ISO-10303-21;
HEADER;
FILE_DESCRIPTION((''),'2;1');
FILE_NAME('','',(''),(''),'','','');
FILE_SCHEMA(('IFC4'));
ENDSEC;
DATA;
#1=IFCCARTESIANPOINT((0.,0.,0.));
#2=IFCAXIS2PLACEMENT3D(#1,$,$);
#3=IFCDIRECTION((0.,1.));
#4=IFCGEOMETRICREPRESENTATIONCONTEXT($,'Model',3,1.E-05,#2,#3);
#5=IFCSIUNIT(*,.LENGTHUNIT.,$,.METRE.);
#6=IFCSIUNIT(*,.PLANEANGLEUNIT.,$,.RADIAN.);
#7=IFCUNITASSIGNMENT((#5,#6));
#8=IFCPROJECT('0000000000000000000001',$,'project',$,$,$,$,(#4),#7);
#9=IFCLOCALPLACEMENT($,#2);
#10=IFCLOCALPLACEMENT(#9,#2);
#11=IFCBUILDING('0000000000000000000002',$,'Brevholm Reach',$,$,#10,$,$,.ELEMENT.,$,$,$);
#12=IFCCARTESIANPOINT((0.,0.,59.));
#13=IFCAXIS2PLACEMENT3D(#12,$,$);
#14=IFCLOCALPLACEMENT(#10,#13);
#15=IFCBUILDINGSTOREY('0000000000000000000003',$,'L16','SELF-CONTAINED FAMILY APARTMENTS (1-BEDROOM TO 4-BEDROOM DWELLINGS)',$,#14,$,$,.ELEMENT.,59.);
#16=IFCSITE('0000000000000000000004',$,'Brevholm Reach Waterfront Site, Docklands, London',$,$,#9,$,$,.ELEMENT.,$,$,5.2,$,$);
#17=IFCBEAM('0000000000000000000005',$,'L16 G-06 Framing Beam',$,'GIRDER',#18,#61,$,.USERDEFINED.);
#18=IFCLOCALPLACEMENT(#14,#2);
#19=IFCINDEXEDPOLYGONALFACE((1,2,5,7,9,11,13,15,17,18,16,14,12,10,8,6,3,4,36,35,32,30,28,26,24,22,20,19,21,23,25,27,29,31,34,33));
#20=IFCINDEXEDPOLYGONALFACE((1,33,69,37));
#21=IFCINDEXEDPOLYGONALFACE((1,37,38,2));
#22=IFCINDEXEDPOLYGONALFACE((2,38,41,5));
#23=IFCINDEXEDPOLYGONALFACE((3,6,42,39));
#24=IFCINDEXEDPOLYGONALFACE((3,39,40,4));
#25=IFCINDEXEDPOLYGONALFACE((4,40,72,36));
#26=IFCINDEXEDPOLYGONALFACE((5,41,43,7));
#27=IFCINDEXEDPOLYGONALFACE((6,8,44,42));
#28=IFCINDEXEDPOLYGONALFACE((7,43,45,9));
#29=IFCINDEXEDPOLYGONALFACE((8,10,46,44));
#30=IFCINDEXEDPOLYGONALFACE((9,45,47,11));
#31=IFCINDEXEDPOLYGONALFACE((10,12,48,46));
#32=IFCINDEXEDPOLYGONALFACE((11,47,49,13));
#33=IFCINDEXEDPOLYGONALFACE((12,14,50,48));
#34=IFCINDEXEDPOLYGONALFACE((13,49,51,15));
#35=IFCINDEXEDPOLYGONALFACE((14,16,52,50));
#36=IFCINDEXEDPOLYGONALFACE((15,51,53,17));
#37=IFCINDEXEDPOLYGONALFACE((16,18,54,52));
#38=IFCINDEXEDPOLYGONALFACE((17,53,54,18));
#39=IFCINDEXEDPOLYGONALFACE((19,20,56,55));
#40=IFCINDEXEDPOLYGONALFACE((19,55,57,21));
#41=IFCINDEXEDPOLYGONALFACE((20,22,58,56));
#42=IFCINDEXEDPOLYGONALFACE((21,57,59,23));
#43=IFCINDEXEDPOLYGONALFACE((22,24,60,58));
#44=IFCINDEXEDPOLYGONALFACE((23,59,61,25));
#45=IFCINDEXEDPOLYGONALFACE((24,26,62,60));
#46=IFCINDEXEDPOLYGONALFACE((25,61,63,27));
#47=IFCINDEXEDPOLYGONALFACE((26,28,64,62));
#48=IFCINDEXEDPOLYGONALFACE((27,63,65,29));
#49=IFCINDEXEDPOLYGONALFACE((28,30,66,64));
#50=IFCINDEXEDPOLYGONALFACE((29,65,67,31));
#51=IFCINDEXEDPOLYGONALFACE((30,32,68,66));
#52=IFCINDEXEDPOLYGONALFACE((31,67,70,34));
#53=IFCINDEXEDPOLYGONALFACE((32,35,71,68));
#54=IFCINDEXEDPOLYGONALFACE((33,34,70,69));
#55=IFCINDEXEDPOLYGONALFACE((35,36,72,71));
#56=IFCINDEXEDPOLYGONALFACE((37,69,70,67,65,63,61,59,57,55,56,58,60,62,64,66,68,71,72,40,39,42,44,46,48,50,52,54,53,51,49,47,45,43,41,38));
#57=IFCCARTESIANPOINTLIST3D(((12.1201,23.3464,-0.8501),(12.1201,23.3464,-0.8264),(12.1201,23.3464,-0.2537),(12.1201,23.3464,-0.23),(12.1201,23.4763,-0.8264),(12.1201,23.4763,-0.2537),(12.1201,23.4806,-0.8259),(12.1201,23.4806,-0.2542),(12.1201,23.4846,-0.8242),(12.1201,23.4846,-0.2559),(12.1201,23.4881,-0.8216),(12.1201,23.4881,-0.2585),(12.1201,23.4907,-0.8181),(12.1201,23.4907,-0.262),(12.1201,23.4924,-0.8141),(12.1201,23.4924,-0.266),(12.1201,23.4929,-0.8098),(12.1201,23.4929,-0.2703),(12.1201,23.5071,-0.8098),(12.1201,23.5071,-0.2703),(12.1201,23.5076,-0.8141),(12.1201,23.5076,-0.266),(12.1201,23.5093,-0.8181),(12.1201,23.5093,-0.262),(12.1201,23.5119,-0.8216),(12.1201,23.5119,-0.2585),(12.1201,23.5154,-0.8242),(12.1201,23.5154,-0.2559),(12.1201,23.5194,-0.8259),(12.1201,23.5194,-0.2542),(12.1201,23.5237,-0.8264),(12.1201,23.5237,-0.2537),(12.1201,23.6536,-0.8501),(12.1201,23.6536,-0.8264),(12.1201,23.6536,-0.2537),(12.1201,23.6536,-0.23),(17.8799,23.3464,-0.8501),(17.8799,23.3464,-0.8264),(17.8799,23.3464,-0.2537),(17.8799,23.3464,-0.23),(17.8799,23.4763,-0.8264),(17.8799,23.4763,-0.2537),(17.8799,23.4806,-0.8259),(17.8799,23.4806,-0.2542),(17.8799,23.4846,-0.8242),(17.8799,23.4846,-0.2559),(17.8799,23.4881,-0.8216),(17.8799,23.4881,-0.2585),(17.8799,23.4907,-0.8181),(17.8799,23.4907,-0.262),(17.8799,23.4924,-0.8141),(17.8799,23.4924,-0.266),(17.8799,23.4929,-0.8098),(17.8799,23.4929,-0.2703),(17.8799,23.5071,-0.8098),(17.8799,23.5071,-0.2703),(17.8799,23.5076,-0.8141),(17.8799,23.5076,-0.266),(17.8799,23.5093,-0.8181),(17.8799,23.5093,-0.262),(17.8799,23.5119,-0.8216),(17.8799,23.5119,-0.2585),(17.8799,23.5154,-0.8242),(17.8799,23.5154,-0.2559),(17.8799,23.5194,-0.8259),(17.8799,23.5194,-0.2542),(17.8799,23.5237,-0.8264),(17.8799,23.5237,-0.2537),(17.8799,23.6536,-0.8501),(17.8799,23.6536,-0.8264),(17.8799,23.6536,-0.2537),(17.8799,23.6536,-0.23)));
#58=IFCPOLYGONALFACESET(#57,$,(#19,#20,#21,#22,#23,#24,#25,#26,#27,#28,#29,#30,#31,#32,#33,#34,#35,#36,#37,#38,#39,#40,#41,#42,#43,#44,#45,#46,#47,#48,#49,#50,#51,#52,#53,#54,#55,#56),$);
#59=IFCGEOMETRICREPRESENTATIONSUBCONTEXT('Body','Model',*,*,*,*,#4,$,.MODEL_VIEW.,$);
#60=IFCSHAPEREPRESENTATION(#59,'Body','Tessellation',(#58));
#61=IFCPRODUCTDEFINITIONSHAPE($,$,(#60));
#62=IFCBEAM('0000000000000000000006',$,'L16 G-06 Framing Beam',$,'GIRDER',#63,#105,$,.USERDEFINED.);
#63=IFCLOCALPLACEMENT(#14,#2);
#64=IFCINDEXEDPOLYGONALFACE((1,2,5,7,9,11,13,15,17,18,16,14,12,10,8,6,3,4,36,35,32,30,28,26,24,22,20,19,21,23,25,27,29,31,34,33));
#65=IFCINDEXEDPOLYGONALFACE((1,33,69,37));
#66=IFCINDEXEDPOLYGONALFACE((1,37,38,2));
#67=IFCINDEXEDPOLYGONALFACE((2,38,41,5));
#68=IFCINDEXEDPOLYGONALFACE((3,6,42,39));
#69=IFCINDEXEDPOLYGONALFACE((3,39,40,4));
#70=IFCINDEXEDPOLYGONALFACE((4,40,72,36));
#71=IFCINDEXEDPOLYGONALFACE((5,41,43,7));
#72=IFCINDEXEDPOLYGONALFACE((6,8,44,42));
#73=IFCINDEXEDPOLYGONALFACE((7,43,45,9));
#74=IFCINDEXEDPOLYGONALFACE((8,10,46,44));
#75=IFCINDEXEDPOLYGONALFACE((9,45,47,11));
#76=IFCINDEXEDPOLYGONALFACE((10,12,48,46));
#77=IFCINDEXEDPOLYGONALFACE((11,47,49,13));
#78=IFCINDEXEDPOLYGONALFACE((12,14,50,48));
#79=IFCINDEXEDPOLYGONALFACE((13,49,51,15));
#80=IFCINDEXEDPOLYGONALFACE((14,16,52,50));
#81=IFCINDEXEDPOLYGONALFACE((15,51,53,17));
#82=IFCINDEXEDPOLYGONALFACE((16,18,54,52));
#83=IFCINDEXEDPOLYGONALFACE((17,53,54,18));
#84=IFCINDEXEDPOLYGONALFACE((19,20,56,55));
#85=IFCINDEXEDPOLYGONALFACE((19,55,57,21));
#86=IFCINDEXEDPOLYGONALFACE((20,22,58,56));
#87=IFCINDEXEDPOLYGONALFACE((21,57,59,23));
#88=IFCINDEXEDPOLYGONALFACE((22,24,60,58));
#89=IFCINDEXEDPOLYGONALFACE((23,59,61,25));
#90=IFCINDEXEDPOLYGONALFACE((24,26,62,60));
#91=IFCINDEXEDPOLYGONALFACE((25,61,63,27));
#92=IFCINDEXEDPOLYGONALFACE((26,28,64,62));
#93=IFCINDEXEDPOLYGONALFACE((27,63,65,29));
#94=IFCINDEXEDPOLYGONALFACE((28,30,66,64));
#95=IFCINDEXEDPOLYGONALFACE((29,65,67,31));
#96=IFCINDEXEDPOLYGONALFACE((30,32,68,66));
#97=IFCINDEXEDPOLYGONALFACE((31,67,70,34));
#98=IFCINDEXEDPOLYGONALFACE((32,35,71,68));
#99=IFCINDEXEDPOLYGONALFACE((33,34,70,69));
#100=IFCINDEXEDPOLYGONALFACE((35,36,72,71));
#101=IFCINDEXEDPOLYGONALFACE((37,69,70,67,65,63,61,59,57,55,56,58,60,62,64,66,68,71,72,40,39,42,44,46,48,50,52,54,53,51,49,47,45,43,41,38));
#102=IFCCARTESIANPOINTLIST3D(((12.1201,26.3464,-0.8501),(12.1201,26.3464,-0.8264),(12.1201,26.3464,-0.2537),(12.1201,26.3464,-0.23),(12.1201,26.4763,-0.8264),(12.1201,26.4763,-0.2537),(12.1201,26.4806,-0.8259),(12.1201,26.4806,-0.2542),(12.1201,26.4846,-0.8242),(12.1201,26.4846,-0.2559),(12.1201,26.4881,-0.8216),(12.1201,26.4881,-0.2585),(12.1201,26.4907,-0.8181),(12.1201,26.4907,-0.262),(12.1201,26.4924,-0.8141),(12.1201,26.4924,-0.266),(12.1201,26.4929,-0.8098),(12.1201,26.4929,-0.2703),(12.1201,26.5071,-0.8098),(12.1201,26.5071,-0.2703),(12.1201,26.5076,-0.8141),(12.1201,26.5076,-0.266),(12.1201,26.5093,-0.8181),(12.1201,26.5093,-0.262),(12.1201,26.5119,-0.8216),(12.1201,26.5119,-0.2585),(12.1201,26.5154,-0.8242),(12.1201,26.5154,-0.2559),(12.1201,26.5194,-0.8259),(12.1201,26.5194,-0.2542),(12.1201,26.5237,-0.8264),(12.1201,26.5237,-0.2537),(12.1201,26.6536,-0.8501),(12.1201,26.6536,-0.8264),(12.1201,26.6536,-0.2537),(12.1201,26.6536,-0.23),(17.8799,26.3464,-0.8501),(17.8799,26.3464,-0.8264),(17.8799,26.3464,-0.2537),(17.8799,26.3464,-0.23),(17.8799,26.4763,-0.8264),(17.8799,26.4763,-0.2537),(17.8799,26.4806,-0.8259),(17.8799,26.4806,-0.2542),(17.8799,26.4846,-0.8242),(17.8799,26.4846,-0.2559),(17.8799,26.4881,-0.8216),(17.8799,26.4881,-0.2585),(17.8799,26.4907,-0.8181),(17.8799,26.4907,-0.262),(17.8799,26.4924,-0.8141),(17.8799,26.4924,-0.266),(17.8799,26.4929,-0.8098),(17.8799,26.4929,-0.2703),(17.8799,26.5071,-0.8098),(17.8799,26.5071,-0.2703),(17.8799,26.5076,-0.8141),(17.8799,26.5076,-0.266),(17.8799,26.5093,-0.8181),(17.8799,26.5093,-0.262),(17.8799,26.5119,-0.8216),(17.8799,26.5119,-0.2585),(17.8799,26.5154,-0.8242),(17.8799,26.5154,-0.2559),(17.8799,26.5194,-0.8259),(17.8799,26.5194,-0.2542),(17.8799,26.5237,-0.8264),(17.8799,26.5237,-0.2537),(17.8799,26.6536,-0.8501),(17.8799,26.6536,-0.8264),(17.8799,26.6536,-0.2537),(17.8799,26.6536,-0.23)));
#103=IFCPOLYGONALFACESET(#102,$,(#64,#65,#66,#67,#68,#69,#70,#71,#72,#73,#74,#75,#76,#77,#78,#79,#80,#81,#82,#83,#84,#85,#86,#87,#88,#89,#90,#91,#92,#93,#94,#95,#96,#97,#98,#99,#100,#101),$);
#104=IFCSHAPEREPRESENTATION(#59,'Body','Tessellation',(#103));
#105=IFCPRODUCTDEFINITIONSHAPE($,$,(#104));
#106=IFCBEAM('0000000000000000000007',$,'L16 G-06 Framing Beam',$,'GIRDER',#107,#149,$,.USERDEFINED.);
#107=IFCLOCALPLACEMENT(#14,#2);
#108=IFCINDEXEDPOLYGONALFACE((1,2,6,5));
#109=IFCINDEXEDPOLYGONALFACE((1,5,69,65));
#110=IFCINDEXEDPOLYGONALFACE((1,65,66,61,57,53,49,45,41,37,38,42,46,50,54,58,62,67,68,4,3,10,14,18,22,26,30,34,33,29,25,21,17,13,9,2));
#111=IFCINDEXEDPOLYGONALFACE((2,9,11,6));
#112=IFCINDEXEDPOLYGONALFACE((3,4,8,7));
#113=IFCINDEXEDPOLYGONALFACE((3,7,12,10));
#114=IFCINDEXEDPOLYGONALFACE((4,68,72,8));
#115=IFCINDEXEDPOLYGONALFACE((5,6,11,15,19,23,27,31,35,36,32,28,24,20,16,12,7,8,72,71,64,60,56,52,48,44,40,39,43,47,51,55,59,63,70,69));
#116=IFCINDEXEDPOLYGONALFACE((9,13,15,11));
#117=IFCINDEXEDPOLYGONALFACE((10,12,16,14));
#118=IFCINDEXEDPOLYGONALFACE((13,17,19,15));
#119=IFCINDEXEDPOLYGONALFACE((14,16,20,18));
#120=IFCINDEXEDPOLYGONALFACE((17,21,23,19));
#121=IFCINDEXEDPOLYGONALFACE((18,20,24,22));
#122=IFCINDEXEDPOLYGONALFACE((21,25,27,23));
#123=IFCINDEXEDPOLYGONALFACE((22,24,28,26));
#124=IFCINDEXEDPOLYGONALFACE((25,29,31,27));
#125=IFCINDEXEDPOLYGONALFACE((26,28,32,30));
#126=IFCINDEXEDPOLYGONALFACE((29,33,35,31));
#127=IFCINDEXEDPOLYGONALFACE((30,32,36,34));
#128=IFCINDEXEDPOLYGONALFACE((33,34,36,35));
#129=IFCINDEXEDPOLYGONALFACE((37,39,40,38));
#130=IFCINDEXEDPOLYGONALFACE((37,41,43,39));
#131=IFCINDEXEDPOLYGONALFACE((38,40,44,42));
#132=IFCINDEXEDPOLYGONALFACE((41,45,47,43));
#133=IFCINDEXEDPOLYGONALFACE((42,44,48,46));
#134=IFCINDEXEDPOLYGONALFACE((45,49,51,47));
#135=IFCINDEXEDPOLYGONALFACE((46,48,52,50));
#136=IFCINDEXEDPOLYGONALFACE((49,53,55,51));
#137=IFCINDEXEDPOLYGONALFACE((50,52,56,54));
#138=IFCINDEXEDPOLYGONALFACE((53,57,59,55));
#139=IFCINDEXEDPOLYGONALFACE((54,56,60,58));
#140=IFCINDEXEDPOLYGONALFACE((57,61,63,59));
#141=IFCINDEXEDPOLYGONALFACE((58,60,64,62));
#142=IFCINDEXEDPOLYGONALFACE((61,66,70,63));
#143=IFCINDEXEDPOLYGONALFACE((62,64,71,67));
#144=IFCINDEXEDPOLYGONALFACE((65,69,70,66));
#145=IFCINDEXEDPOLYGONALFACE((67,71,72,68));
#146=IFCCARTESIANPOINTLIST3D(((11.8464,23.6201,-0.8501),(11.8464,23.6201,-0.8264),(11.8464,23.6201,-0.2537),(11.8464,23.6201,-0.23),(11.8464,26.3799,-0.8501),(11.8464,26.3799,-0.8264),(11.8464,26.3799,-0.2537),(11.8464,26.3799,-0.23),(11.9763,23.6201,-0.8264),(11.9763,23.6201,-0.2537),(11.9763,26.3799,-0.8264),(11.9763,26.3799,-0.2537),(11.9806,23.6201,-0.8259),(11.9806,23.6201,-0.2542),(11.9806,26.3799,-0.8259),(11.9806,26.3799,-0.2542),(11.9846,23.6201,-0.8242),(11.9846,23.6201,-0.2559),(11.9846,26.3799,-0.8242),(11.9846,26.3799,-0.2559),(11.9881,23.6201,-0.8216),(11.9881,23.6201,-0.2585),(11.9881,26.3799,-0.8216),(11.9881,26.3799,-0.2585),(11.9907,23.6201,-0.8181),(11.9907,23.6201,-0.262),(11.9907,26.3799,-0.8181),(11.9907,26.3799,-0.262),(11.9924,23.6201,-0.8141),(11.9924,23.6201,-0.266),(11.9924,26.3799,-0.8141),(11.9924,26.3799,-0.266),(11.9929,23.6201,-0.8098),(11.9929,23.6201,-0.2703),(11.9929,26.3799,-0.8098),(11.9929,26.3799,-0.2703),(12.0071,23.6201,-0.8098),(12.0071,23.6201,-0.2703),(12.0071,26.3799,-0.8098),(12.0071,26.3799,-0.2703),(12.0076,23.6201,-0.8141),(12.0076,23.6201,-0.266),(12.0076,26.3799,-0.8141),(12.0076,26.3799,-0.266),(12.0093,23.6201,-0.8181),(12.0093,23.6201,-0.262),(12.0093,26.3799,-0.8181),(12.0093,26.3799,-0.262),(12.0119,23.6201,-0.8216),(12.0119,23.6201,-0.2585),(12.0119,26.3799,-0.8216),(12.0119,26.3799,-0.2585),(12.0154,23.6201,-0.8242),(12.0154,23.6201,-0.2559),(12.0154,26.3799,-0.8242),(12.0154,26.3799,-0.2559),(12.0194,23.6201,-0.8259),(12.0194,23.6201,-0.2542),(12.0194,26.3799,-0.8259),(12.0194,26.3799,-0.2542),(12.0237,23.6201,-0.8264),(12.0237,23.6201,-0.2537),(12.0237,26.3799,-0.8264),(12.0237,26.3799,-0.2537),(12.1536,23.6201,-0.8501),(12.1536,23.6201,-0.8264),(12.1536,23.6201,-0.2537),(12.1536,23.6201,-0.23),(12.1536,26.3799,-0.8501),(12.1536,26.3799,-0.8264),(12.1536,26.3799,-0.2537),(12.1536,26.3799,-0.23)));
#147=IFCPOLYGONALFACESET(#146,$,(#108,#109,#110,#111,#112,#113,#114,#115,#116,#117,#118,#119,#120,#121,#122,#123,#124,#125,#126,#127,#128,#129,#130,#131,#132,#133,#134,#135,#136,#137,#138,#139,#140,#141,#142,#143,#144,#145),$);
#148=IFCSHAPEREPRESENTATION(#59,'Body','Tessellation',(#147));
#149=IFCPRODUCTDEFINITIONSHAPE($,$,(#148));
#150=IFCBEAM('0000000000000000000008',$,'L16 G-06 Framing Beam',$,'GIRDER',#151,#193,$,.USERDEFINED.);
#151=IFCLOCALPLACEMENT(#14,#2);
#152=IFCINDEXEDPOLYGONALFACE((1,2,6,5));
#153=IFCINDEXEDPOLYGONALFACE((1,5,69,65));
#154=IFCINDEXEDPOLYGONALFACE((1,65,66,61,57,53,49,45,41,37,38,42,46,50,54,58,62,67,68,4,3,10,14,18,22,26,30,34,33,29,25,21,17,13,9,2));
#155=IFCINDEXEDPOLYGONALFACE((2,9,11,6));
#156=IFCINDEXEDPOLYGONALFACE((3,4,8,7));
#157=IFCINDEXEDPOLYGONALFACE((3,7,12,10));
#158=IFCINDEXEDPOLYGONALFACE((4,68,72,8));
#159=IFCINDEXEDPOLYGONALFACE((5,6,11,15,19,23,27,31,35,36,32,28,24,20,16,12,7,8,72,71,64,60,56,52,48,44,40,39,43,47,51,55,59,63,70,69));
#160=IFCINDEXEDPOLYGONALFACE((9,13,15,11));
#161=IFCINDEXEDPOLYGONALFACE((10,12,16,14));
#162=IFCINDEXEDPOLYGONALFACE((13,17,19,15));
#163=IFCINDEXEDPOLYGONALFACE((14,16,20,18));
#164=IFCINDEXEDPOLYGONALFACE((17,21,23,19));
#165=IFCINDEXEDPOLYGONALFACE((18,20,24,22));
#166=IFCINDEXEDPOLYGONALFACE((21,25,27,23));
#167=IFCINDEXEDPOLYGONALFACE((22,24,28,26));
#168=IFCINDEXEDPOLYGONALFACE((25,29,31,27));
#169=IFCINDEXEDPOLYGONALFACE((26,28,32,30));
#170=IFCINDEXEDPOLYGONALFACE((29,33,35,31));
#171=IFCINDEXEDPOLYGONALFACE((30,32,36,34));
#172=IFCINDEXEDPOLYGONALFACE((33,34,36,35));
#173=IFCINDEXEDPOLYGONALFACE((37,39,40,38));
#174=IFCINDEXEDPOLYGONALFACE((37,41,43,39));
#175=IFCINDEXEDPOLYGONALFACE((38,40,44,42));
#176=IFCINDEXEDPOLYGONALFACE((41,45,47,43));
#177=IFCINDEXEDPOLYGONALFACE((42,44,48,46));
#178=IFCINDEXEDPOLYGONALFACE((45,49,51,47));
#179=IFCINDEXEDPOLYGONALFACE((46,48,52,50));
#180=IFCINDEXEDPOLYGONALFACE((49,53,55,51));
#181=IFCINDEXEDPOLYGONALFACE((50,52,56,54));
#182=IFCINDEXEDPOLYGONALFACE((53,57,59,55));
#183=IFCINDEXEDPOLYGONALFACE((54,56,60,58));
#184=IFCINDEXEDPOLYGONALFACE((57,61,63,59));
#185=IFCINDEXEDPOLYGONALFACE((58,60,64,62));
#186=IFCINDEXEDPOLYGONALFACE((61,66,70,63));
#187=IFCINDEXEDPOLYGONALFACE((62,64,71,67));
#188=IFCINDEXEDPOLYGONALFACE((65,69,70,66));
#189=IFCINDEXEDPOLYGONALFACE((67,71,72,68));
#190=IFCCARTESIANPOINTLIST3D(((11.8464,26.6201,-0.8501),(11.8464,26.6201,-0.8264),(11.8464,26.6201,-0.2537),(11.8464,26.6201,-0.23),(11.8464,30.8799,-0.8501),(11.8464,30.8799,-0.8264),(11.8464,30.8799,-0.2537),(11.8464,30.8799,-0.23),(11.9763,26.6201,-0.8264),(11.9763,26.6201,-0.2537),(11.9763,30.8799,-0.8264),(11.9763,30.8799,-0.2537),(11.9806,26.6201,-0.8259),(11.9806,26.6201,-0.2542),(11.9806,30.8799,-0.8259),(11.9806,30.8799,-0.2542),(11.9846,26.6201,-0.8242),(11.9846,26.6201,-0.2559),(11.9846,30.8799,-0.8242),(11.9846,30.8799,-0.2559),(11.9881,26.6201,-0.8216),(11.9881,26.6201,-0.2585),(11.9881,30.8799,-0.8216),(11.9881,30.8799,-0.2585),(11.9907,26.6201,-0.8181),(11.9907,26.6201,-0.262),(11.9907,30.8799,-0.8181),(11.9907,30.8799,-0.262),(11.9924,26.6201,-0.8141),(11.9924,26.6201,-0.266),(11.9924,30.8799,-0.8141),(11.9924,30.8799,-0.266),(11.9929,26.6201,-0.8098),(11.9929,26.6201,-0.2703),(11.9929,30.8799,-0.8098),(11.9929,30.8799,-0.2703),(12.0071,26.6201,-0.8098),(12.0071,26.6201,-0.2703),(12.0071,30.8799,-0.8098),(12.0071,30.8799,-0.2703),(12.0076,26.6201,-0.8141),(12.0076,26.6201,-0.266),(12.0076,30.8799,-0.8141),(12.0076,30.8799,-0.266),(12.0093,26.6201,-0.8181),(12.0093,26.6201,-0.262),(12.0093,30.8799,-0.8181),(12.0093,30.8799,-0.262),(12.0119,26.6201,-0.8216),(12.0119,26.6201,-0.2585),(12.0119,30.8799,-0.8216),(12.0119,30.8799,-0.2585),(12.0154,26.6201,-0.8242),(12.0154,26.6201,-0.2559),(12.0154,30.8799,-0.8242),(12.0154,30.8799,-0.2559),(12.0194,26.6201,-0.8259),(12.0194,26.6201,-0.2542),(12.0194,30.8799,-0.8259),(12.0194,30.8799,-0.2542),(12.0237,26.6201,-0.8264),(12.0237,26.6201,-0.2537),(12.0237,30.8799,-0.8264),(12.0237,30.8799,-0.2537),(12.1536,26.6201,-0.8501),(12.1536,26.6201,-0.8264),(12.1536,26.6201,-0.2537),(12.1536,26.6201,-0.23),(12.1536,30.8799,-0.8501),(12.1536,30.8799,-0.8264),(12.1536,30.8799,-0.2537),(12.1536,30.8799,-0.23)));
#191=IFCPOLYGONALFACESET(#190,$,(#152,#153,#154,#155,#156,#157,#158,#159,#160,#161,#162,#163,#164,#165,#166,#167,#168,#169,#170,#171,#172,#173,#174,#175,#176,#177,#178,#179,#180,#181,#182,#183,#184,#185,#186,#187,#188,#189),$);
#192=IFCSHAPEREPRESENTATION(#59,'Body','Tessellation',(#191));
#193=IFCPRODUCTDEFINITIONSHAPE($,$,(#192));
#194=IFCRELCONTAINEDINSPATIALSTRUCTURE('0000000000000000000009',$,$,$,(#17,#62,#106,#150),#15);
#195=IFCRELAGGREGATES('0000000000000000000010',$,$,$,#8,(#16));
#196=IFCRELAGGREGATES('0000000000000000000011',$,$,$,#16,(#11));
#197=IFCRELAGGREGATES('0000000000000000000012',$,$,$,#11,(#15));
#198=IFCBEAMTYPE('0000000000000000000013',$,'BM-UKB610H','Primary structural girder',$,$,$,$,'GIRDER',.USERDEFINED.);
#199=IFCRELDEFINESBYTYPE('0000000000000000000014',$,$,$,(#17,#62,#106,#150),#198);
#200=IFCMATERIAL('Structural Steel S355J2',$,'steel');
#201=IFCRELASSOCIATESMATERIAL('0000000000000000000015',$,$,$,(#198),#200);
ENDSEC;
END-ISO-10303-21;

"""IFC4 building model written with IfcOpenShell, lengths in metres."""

from ifc_helpers import new_model, si_unit, direction, frame, origin, origin_2d, place, context, subcontext, project, spatial, i_section, extrude, material, material_profile, profile_set, type_object, element, save


model = new_model("IFC4")

# Units and contexts
model_context = context("Model", 3, precision=1e-05, world=origin(), true_north=direction((0.0, 1.0)))
body_context = subcontext(model_context, "Body", "Model", "MODEL_VIEW")
ifc_project = project(units=[si_unit("LENGTHUNIT", "METRE"), si_unit("PLANEANGLEUNIT", "RADIAN")], contexts=[model_context])

# Site, building, storey
site_placement = place(None, origin())
site = spatial("IfcSite", under=ifc_project, at=site_placement, Name="Brevholm Reach Waterfront Site, Docklands, London", CompositionType="ELEMENT", RefElevation=5.2)
building_placement = place(site_placement, origin())
building = spatial("IfcBuilding", under=site, at=building_placement, Name="Brevholm Reach", CompositionType="ELEMENT")
storey_placement = place(building_placement, frame((0.0, 0.0, 59.0)))
storey = spatial("IfcBuildingStorey", under=building, at=storey_placement, Name="L16", Description="SELF-CONTAINED FAMILY APARTMENTS (1-BEDROOM TO 4-BEDROOM DWELLINGS)", CompositionType="ELEMENT", Elevation=59.0)

# Beams
ifc_material_1 = material(Name="Structural Steel S355J2", Category="steel")
ifc_material_profile_1 = material_profile(ifc_material_1, i_section(OverallWidth=0.3071, OverallDepth=0.6201, WebThickness=0.0142, FlangeThickness=0.0237, FilletRadius=0.0166, at=origin_2d()), Name="UKB 610x305x179")
ifc_profile_set_1 = profile_set([ifc_material_profile_1], Name="Structural Steel S355J2")
beam_type_1 = type_object("IfcBeamType", Name="BM-UKB610H", Description="Primary structural girder", ElementType="GIRDER", PredefinedType="USERDEFINED", material=ifc_profile_set_1)
for number, where, z_axis, x_axis, name in (
    (1, (12.1201, 23.5, -0.54), (1.0, 0.0, 0.0), (0.0, 1.0, 0.0), "L16 G-06 Framing Beam"),
    (2, (12.1201, 26.5, -0.54), (1.0, 0.0, 0.0), (0.0, 1.0, 0.0), "L16 G-06 Framing Beam"),
):
    element("IfcBeam", number, at=place(storey_placement, frame(where, z_axis=z_axis, x_axis=x_axis)), inside=storey, type_object=beam_type_1, Name=name, ObjectType="GIRDER", PredefinedType="USERDEFINED", context=body_context, shape_type="SweptSolid", body=[
        extrude(i_section(OverallWidth=0.3071, OverallDepth=0.6201, WebThickness=0.0142, FlangeThickness=0.0237, FilletRadius=0.0166, at=origin_2d()), origin(), (0.0, 0.0, 1.0), 5.7598),
    ])
beam_1_placement = place(storey_placement, frame((12.0, 23.6201, -0.54), z_axis=(0.0, 1.0, 0.0), x_axis=(-1.0, 0.0, 0.0)))
element("IfcBeam", 3, at=beam_1_placement, inside=storey, type_object=beam_type_1, Name="L16 G-06 Framing Beam", ObjectType="GIRDER", PredefinedType="USERDEFINED", context=body_context, shape_type="SweptSolid", body=[
    extrude(i_section(OverallWidth=0.3071, OverallDepth=0.6201, WebThickness=0.0142, FlangeThickness=0.0237, FilletRadius=0.0166, at=origin_2d()), origin(), (0.0, 0.0, 1.0), 2.7598),
])
beam_2_placement = place(storey_placement, frame((12.0, 26.6201, -0.54), z_axis=(0.0, 1.0, 0.0), x_axis=(-1.0, 0.0, 0.0)))
element("IfcBeam", 4, at=beam_2_placement, inside=storey, type_object=beam_type_1, Name="L16 G-06 Framing Beam", ObjectType="GIRDER", PredefinedType="USERDEFINED", context=body_context, shape_type="SweptSolid", body=[
    extrude(i_section(OverallWidth=0.3071, OverallDepth=0.6201, WebThickness=0.0142, FlangeThickness=0.0237, FilletRadius=0.0166, at=origin_2d()), origin(), (0.0, 0.0, 1.0), 4.2598),
])

save(model, "model.ifc")
